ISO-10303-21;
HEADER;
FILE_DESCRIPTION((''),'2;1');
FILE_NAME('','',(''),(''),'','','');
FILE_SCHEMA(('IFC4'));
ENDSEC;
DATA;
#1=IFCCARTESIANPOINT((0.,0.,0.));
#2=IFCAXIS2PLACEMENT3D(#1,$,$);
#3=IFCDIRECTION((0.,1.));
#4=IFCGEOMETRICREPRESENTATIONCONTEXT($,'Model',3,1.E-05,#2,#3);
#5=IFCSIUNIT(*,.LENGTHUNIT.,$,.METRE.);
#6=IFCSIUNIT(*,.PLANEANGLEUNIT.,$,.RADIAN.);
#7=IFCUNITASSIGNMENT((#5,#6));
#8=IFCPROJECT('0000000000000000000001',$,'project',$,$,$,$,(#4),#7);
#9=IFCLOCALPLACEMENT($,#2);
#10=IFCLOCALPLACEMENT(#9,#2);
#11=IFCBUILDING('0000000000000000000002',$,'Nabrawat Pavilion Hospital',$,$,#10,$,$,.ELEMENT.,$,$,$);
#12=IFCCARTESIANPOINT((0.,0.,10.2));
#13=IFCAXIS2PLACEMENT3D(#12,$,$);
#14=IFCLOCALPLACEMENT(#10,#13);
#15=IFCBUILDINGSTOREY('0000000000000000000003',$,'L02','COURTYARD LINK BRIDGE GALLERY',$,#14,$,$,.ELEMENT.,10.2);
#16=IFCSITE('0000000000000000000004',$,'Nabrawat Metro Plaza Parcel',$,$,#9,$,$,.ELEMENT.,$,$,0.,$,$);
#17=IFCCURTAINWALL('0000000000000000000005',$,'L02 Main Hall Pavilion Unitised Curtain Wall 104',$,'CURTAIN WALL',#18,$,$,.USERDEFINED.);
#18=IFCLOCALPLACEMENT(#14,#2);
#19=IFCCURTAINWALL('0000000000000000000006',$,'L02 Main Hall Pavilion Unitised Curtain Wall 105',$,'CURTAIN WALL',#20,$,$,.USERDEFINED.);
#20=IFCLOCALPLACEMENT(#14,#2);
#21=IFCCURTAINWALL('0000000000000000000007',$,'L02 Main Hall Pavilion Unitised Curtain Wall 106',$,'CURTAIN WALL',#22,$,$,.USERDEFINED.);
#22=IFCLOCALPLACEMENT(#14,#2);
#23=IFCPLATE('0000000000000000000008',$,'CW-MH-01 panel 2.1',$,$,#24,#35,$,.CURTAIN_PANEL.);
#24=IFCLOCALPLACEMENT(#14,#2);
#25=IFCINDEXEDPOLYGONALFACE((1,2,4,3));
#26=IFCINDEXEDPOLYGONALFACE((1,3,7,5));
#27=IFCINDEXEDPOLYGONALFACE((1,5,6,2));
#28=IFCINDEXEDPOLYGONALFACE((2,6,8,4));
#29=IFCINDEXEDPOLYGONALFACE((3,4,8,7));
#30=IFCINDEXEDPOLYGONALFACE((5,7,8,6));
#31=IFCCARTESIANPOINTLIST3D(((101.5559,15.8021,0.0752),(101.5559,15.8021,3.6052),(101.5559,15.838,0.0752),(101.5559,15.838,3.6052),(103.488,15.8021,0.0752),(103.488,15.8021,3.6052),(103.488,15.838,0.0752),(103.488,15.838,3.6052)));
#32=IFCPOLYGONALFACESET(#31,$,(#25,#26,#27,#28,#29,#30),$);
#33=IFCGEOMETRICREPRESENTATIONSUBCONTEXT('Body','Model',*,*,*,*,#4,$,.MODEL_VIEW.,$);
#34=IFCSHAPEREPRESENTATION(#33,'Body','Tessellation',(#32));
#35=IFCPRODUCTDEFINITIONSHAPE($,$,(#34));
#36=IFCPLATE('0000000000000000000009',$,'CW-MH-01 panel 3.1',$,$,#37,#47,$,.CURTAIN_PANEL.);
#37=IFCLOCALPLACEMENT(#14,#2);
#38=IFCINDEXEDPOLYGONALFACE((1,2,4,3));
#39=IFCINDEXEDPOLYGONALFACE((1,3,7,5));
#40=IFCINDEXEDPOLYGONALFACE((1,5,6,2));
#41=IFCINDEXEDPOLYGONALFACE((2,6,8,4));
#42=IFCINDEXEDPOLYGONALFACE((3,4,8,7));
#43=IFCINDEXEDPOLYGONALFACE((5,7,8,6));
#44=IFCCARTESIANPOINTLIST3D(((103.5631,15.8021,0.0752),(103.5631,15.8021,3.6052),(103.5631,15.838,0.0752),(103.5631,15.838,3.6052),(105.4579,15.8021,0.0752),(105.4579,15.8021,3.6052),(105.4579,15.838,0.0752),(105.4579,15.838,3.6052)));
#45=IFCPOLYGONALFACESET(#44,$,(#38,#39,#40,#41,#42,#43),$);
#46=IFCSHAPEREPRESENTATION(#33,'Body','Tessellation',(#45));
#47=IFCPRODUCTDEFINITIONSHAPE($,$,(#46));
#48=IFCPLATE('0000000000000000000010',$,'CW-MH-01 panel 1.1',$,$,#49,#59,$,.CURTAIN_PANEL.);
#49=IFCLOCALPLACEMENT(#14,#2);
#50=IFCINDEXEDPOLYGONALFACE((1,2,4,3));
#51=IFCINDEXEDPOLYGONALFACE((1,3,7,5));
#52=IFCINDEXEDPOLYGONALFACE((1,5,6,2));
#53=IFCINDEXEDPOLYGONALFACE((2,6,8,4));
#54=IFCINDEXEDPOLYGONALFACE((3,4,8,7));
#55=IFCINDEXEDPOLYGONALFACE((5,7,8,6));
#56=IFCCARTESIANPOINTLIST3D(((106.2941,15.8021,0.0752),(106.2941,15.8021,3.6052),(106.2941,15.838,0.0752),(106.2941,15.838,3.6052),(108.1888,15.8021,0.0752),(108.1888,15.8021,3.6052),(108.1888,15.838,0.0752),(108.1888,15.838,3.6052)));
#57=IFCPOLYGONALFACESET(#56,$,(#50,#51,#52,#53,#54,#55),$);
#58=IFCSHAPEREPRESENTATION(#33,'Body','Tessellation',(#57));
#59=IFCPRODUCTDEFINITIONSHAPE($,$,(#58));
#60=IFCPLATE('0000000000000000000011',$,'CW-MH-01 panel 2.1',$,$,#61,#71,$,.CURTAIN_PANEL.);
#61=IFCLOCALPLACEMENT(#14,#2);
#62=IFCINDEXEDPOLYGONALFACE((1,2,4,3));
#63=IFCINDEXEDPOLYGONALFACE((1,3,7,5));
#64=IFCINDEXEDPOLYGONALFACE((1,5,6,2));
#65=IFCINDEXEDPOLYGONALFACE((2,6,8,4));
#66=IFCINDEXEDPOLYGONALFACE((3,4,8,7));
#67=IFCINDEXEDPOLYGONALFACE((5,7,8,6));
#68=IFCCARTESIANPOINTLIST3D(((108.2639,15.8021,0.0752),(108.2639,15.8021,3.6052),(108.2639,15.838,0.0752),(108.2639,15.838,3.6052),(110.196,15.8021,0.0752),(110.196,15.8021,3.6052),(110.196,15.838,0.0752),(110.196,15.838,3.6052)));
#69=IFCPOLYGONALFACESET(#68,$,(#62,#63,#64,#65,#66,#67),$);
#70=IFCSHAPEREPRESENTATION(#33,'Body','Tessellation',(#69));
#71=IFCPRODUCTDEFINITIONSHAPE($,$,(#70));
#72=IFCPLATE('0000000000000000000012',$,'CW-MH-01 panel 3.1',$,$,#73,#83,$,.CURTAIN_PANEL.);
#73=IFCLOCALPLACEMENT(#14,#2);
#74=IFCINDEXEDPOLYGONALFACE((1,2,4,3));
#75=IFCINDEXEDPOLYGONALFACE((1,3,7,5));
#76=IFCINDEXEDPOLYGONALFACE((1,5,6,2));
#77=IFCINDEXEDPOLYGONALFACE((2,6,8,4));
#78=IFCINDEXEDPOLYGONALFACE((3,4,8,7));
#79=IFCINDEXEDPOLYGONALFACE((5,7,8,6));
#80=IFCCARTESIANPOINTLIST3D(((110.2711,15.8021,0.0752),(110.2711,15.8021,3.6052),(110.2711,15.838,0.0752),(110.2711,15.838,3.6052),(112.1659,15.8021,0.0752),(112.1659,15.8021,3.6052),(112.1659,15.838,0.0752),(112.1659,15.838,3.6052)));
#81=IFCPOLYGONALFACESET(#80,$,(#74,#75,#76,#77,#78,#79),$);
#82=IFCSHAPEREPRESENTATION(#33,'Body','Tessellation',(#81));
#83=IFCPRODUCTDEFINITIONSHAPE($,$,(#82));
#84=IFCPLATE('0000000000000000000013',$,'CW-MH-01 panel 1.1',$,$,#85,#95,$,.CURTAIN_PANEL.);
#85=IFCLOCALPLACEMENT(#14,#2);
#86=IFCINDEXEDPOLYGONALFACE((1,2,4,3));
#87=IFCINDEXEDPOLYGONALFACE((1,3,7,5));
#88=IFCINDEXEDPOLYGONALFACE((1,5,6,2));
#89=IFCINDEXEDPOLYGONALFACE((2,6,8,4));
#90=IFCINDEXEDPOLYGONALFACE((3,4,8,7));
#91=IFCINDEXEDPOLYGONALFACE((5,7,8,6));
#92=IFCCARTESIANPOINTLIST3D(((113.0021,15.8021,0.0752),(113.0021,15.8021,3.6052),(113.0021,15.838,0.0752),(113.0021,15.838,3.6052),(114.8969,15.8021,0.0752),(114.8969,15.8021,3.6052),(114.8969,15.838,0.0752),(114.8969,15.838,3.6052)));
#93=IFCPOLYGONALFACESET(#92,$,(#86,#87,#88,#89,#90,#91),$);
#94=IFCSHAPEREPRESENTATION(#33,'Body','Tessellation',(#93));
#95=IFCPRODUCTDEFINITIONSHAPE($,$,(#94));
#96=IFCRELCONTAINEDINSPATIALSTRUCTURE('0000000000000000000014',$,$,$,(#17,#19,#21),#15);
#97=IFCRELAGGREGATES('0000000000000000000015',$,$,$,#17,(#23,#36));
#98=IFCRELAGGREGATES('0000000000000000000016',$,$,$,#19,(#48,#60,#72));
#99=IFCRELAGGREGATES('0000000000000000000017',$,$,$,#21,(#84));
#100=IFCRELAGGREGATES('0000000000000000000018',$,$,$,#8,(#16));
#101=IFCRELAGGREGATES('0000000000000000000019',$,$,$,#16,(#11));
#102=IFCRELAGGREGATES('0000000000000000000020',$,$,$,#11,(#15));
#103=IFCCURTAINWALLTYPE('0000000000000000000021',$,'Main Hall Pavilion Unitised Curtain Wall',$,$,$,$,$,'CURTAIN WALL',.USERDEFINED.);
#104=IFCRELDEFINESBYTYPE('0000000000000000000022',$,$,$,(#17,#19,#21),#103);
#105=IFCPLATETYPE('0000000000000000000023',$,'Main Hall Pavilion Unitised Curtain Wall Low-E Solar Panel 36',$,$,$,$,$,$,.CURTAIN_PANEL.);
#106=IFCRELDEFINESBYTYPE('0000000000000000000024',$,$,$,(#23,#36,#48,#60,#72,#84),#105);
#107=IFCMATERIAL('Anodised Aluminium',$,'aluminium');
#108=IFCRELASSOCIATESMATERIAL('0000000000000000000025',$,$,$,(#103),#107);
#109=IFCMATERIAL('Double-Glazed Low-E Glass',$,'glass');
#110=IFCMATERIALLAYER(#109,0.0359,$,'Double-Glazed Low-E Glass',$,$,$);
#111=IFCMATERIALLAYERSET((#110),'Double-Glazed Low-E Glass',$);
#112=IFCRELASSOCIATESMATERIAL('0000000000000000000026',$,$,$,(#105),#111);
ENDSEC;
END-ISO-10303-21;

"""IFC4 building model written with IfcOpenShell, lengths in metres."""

from ifc_helpers import new_model, si_unit, direction, frame, origin, origin_2d, place, context, subcontext, project, spatial, rectangle, extrude, material, layer, layer_set, type_object, element, aggregate, save


model = new_model("IFC4")

# Units and contexts
model_context = context("Model", 3, precision=1e-05, world=origin(), true_north=direction((0.0, 1.0)))
body_context = subcontext(model_context, "Body", "Model", "MODEL_VIEW")
ifc_project = project(units=[si_unit("LENGTHUNIT", "METRE"), si_unit("PLANEANGLEUNIT", "RADIAN")], contexts=[model_context])

# Site, building, storey
site_placement = place(None, origin())
site = spatial("IfcSite", under=ifc_project, at=site_placement, Name="Nabrawat Metro Plaza Parcel", CompositionType="ELEMENT", RefElevation=0.0)
building_placement = place(site_placement, origin())
building = spatial("IfcBuilding", under=site, at=building_placement, Name="Nabrawat Pavilion Hospital", CompositionType="ELEMENT")
storey_placement = place(building_placement, frame((0.0, 0.0, 10.2)))
storey = spatial("IfcBuildingStorey", under=building, at=storey_placement, Name="L02", Description="COURTYARD LINK BRIDGE GALLERY", CompositionType="ELEMENT", Elevation=10.2)

# Curtain walls
ifc_material_1 = material(Name="Anodised Aluminium", Category="aluminium")
curtain_wall_type = type_object("IfcCurtainWallType", Name="Main Hall Pavilion Unitised Curtain Wall", ElementType="CURTAIN WALL", PredefinedType="USERDEFINED", material=ifc_material_1)
curtain_wall_1_placement = place(storey_placement, origin())
curtain_wall_1 = element("IfcCurtainWall", 1, at=curtain_wall_1_placement, inside=storey, type_object=curtain_wall_type, Name="L02 Main Hall Pavilion Unitised Curtain Wall 104", ObjectType="CURTAIN WALL", PredefinedType="USERDEFINED")
curtain_wall_2_placement = place(storey_placement, origin())
curtain_wall_2 = element("IfcCurtainWall", 2, at=curtain_wall_2_placement, inside=storey, type_object=curtain_wall_type, Name="L02 Main Hall Pavilion Unitised Curtain Wall 105", ObjectType="CURTAIN WALL", PredefinedType="USERDEFINED")
curtain_wall_3_placement = place(storey_placement, origin())
curtain_wall_3 = element("IfcCurtainWall", 3, at=curtain_wall_3_placement, inside=storey, type_object=curtain_wall_type, Name="L02 Main Hall Pavilion Unitised Curtain Wall 106", ObjectType="CURTAIN WALL", PredefinedType="USERDEFINED")

# Plates
ifc_material_2 = material(Name="Double-Glazed Low-E Glass", Category="glass")
ifc_layer = layer(ifc_material_2, 0.0359, Name="Double-Glazed Low-E Glass")
ifc_layer_set = layer_set([ifc_layer], Name="Double-Glazed Low-E Glass")
plate_type = type_object("IfcPlateType", Name="Main Hall Pavilion Unitised Curtain Wall Low-E Solar Panel 36", PredefinedType="CURTAIN_PANEL", material=ifc_layer_set)
plate_1_placement = place(storey_placement, frame((102.522, 15.8201, 0.0752), z_axis=(0.0, 0.0, 1.0), x_axis=(1.0, 0.0, 0.0)))
plate_1 = element("IfcPlate", 4, at=plate_1_placement, type_object=plate_type, Name="CW-MH-01 panel 2.1", PredefinedType="CURTAIN_PANEL", context=body_context, shape_type="SweptSolid", body=[
    extrude(rectangle(XDim=1.9321, YDim=0.0359, at=origin_2d()), origin(), (0.0, 0.0, 1.0), 3.53),
])
plate_2_placement = place(storey_placement, frame((104.5105, 15.8201, 0.0752), z_axis=(0.0, 0.0, 1.0), x_axis=(1.0, 0.0, 0.0)))
plate_2 = element("IfcPlate", 5, at=plate_2_placement, type_object=plate_type, Name="CW-MH-01 panel 3.1", PredefinedType="CURTAIN_PANEL", context=body_context, shape_type="SweptSolid", body=[
    extrude(rectangle(XDim=1.8948, YDim=0.0359, at=origin_2d()), origin(), (0.0, 0.0, 1.0), 3.53),
])
aggregate(curtain_wall_1, [plate_1, plate_2])
plate_3_placement = place(storey_placement, frame((107.2415, 15.8201, 0.0752), z_axis=(0.0, 0.0, 1.0), x_axis=(1.0, 0.0, 0.0)))
plate_3 = element("IfcPlate", 6, at=plate_3_placement, type_object=plate_type, Name="CW-MH-01 panel 1.1", PredefinedType="CURTAIN_PANEL", context=body_context, shape_type="SweptSolid", body=[
    extrude(rectangle(XDim=1.8948, YDim=0.0359, at=origin_2d()), origin(), (0.0, 0.0, 1.0), 3.53),
])
plate_4_placement = place(storey_placement, frame((109.23, 15.8201, 0.0752), z_axis=(0.0, 0.0, 1.0), x_axis=(1.0, 0.0, 0.0)))
plate_4 = element("IfcPlate", 7, at=plate_4_placement, type_object=plate_type, Name="CW-MH-01 panel 2.1", PredefinedType="CURTAIN_PANEL", context=body_context, shape_type="SweptSolid", body=[
    extrude(rectangle(XDim=1.9321, YDim=0.0359, at=origin_2d()), origin(), (0.0, 0.0, 1.0), 3.53),
])
plate_5_placement = place(storey_placement, frame((111.2185, 15.8201, 0.0752), z_axis=(0.0, 0.0, 1.0), x_axis=(1.0, 0.0, 0.0)))
plate_5 = element("IfcPlate", 8, at=plate_5_placement, type_object=plate_type, Name="CW-MH-01 panel 3.1", PredefinedType="CURTAIN_PANEL", context=body_context, shape_type="SweptSolid", body=[
    extrude(rectangle(XDim=1.8948, YDim=0.0359, at=origin_2d()), origin(), (0.0, 0.0, 1.0), 3.53),
])
aggregate(curtain_wall_2, [plate_3, plate_4, plate_5])
plate_6_placement = place(storey_placement, frame((113.9495, 15.8201, 0.0752), z_axis=(0.0, 0.0, 1.0), x_axis=(1.0, 0.0, 0.0)))
plate_6 = element("IfcPlate", 9, at=plate_6_placement, type_object=plate_type, Name="CW-MH-01 panel 1.1", PredefinedType="CURTAIN_PANEL", context=body_context, shape_type="SweptSolid", body=[
    extrude(rectangle(XDim=1.8948, YDim=0.0359, at=origin_2d()), origin(), (0.0, 0.0, 1.0), 3.53),
])
aggregate(curtain_wall_3, [plate_6])

save(model, "model.ifc")
